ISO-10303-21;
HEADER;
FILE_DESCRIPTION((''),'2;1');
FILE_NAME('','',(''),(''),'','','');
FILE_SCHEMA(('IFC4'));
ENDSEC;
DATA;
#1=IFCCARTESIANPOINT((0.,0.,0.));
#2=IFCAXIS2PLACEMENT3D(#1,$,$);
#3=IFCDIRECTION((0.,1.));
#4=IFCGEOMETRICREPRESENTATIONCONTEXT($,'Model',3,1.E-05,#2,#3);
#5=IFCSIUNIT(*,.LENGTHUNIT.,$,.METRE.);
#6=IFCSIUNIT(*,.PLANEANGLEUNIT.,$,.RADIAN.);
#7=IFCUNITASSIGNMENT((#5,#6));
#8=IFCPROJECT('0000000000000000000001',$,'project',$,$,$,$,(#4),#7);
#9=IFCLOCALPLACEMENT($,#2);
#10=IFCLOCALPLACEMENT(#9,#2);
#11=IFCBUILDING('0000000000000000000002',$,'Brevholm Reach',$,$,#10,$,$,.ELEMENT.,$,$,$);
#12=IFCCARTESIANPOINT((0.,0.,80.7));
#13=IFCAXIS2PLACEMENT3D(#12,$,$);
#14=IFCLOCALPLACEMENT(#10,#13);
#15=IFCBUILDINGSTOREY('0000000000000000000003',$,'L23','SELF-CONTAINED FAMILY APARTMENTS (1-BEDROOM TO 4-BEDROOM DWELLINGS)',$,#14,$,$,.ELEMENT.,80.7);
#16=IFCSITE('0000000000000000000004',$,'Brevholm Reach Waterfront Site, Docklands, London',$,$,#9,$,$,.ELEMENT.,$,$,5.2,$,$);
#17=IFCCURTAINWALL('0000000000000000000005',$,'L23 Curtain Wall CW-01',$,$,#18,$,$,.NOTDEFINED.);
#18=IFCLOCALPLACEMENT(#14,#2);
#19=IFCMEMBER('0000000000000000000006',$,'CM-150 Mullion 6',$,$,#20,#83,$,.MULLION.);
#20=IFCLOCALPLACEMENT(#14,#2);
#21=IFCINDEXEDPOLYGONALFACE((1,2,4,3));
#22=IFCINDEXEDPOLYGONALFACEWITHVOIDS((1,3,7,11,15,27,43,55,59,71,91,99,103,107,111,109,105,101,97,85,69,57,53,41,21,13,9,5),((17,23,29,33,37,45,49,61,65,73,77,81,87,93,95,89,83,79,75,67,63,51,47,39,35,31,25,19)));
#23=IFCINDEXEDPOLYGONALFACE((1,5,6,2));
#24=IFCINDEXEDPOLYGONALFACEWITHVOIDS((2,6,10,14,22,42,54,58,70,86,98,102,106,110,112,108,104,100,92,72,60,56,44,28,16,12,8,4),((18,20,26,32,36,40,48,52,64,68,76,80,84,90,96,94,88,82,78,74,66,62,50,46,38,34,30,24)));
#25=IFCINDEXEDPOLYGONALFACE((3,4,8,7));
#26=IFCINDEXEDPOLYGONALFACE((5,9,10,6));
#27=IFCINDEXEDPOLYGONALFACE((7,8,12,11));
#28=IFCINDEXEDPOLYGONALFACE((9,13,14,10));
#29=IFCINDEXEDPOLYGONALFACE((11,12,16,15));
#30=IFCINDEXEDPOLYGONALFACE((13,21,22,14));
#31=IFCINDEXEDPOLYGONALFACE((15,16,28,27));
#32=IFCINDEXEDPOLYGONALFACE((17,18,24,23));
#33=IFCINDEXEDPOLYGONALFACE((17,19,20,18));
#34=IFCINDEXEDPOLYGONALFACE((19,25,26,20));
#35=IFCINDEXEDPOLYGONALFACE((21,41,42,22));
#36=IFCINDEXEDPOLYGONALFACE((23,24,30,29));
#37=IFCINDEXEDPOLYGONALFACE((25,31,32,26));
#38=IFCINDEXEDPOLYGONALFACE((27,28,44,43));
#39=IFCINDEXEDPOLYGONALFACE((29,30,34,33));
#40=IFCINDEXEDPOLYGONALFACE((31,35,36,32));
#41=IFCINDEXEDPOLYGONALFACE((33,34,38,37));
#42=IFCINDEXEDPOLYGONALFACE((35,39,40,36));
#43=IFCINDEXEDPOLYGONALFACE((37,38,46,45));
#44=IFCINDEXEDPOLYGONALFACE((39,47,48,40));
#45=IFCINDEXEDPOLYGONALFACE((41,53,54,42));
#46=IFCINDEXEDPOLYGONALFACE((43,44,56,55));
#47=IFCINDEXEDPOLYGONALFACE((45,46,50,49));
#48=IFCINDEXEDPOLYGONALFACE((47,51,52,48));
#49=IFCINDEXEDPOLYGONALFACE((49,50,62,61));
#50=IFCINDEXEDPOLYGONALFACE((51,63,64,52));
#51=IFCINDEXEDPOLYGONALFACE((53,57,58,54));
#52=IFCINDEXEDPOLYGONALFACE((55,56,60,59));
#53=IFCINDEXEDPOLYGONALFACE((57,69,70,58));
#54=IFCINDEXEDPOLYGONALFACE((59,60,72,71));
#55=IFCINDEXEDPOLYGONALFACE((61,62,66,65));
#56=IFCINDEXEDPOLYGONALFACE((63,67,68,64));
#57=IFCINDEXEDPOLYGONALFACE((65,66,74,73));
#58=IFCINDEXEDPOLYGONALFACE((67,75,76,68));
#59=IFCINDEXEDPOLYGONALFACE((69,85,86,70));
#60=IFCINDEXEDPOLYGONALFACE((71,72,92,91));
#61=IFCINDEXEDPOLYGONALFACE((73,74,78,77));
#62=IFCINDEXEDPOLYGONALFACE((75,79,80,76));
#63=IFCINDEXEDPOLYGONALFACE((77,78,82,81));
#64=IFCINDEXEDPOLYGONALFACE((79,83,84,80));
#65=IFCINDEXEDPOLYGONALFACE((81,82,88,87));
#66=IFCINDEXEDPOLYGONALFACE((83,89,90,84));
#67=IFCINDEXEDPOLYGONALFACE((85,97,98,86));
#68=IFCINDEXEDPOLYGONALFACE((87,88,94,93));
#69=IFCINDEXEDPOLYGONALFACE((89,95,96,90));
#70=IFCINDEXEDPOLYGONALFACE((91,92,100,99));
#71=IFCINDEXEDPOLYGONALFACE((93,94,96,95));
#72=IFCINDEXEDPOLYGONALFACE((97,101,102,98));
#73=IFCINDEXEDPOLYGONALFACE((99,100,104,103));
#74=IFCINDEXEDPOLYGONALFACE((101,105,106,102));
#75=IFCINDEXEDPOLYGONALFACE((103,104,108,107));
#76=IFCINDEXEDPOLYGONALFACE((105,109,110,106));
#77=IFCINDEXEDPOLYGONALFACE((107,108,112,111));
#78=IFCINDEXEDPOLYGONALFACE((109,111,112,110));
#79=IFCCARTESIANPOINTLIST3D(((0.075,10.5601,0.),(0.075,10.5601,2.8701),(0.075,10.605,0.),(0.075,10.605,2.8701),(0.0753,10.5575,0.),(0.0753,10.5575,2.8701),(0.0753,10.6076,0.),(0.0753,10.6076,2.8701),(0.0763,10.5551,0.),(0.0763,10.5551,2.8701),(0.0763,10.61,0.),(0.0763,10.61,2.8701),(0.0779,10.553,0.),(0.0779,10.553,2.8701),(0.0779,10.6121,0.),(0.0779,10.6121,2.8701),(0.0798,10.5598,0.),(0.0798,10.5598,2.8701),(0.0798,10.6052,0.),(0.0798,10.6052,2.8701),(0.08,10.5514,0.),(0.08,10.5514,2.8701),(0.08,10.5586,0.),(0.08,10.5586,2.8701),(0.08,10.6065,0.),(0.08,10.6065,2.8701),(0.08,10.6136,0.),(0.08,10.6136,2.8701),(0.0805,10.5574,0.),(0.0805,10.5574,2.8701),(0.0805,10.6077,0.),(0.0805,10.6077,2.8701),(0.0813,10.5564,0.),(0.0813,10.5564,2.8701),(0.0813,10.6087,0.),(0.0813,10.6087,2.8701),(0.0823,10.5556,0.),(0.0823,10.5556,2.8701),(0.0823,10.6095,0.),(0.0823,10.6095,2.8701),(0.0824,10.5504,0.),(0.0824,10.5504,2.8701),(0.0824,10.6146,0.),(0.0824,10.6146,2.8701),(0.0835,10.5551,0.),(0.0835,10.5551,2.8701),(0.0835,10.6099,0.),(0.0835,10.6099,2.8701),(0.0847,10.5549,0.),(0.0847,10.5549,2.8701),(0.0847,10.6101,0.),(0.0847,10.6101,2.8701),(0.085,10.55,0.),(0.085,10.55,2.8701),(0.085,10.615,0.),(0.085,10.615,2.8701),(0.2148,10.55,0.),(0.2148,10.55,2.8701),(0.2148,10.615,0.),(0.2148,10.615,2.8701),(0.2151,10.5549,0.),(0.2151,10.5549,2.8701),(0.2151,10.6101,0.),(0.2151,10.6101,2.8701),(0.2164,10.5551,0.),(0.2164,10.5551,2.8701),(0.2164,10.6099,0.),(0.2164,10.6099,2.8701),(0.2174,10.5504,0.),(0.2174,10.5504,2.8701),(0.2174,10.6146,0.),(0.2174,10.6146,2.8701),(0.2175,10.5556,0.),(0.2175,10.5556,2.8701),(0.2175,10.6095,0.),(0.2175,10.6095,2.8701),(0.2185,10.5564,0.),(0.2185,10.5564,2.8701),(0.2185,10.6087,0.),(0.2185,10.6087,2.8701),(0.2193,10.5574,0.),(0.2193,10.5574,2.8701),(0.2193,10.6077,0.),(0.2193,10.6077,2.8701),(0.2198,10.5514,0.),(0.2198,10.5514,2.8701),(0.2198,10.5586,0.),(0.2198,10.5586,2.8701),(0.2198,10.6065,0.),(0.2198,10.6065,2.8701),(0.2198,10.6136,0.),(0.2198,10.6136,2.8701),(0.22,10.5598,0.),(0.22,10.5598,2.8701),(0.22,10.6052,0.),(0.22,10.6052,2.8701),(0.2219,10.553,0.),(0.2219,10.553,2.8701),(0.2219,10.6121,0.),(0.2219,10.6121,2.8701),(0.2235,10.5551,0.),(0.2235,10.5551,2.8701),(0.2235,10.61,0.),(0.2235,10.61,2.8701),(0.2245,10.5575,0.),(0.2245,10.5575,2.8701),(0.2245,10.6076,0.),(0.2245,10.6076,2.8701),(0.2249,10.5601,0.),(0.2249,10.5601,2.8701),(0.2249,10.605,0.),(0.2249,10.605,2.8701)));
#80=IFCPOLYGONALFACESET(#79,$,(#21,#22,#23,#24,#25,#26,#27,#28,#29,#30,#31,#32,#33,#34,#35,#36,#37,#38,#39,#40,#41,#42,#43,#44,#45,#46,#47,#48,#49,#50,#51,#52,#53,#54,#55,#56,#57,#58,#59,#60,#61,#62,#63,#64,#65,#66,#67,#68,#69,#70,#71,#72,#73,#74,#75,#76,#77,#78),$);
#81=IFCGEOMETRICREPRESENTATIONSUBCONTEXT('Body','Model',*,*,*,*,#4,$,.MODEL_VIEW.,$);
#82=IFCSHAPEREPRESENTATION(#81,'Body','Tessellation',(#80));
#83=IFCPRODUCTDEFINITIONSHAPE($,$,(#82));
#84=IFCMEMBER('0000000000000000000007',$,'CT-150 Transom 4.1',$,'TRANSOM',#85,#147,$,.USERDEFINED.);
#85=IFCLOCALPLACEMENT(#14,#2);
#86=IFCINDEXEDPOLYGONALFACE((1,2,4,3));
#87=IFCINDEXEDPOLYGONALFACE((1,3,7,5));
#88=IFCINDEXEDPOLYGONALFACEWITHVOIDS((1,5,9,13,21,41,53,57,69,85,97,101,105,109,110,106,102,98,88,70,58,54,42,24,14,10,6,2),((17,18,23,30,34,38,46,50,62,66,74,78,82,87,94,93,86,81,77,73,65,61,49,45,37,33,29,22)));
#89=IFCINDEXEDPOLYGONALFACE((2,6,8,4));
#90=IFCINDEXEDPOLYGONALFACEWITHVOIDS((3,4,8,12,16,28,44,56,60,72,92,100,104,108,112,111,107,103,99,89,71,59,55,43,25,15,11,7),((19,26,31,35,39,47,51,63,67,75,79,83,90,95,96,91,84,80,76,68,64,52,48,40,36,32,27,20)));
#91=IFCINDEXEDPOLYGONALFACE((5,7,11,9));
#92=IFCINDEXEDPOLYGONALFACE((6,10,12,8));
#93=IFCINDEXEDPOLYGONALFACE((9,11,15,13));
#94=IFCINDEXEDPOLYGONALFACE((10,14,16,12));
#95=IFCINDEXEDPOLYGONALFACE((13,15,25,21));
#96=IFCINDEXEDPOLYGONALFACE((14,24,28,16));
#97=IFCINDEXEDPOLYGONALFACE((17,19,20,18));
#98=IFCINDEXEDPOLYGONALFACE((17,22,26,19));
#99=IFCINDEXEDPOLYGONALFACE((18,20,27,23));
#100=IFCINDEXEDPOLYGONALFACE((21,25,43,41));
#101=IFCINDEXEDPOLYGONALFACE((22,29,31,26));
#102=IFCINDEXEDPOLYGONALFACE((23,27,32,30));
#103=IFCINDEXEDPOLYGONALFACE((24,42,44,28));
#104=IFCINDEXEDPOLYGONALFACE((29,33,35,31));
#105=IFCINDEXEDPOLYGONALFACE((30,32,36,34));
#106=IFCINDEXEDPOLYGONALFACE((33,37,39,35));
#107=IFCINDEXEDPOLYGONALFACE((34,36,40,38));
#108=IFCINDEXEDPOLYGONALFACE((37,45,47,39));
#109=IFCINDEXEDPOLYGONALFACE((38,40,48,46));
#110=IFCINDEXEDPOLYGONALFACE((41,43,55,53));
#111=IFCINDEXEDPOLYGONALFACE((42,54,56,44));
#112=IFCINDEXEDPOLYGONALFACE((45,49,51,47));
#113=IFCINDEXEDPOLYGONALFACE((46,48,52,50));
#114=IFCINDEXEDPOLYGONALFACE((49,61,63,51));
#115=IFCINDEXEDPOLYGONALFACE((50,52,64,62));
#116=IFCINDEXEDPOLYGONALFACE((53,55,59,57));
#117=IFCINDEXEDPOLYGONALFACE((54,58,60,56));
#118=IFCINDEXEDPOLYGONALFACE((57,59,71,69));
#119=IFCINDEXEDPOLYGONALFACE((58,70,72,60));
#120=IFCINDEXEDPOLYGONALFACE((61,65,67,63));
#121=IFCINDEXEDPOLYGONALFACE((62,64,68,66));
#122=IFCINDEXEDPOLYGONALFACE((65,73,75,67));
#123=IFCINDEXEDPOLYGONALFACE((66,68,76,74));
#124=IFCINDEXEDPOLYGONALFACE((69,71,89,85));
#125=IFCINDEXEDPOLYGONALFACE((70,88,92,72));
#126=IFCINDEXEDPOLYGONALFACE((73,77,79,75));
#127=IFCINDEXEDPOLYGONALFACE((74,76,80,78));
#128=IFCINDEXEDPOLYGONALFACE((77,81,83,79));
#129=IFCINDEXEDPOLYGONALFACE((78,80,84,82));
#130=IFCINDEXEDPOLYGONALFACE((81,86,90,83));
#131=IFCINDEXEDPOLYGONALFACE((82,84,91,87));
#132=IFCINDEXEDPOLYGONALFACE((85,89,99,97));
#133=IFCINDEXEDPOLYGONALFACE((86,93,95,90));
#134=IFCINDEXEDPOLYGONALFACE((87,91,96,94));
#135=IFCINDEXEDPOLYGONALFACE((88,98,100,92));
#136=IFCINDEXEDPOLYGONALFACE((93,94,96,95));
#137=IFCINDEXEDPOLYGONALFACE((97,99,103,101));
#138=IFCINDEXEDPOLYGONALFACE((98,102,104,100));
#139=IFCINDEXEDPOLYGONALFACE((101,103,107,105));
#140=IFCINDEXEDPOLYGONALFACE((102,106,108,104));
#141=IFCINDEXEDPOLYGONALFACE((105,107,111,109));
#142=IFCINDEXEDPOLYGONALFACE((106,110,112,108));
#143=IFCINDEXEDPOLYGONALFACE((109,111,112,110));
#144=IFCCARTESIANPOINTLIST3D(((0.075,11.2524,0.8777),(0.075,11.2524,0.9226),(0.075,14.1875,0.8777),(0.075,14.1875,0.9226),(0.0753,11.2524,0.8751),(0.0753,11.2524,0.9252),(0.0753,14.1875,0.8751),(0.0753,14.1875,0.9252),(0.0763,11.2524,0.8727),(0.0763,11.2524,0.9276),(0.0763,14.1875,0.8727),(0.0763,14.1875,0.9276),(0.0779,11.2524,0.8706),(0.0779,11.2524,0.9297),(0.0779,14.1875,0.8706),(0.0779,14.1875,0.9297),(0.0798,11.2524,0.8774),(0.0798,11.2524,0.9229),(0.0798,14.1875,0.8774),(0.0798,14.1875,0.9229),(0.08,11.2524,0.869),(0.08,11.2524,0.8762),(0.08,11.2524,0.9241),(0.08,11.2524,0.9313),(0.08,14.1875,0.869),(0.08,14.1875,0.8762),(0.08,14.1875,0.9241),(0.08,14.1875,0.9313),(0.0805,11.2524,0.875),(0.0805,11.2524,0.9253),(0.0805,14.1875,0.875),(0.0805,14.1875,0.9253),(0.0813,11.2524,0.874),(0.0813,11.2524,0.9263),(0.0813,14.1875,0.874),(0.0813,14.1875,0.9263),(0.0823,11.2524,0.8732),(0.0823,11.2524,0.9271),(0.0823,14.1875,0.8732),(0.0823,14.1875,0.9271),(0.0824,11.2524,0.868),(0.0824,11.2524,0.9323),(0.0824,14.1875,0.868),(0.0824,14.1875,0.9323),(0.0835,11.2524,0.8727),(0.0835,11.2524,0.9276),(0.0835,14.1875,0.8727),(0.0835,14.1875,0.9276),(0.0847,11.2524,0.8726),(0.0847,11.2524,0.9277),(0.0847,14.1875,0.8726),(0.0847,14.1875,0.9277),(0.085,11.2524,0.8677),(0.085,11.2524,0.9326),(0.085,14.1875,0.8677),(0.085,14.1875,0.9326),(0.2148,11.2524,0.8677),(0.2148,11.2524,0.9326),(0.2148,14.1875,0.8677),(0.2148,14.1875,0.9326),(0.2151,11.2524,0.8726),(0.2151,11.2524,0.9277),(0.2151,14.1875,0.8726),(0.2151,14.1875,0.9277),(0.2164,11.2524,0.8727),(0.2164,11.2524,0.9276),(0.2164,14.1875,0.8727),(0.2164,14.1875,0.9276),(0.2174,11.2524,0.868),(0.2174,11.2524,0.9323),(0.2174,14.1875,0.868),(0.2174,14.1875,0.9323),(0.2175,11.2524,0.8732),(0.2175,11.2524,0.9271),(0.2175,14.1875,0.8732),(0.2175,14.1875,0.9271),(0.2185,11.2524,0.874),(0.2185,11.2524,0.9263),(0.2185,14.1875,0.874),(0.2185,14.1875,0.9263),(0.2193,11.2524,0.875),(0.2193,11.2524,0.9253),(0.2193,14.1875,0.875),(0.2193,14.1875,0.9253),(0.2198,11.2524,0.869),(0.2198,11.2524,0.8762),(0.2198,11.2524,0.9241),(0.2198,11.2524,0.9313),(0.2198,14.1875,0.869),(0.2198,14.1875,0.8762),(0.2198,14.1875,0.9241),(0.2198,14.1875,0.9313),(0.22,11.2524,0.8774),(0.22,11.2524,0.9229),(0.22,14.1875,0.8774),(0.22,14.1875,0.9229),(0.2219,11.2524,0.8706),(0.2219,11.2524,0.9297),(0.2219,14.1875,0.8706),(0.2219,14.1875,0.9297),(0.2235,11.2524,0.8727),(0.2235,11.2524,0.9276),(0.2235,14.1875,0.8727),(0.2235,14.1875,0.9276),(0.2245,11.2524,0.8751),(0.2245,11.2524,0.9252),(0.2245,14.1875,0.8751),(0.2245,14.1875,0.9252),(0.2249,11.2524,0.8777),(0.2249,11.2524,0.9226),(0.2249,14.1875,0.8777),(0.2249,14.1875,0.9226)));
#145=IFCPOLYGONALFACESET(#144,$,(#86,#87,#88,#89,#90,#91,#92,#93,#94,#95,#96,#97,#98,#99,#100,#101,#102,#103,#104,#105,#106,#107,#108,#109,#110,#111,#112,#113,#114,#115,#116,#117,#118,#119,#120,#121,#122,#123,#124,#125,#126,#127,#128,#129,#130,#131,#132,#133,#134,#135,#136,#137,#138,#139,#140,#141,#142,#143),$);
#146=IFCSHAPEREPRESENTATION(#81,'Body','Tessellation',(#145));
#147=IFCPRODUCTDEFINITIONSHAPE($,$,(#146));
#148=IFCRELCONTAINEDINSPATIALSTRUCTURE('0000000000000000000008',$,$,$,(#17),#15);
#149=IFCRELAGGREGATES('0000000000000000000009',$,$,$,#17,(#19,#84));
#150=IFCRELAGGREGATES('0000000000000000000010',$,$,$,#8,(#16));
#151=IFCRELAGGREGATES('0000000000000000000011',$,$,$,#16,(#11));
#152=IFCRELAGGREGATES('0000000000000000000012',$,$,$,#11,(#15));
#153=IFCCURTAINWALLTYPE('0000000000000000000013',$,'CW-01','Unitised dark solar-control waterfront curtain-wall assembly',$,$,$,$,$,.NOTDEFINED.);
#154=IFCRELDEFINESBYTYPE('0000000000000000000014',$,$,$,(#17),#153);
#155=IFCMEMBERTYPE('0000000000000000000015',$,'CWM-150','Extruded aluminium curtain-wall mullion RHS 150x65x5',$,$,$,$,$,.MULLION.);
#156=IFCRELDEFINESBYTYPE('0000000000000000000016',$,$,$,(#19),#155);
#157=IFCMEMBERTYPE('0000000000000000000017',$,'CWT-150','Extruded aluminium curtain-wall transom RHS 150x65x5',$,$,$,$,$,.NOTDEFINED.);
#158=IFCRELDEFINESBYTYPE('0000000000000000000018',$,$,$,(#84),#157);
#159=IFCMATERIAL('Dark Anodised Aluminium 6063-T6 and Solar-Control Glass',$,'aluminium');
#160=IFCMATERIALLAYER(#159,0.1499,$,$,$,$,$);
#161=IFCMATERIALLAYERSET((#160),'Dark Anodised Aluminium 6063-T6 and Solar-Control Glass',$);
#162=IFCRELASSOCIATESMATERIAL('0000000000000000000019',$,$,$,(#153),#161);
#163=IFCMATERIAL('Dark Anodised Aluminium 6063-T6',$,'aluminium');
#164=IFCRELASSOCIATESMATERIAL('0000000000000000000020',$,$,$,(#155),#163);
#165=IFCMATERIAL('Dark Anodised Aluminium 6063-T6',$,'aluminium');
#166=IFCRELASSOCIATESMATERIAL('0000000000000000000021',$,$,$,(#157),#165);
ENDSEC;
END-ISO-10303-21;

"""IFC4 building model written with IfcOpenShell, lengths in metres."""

from ifc_helpers import new_model, si_unit, direction, frame, origin, origin_2d, place, context, subcontext, project, spatial, hollow_rectangle, extrude, material, layer, layer_set, material_profile, profile_set, type_object, element, aggregate, save


model = new_model("IFC4")

# Units and contexts
model_context = context("Model", 3, precision=1e-05, world=origin(), true_north=direction((0.0, 1.0)))
body_context = subcontext(model_context, "Body", "Model", "MODEL_VIEW")
ifc_project = project(units=[si_unit("LENGTHUNIT", "METRE"), si_unit("PLANEANGLEUNIT", "RADIAN")], contexts=[model_context])

# Site, building, storey
site_placement = place(None, origin())
site = spatial("IfcSite", under=ifc_project, at=site_placement, Name="Brevholm Reach Waterfront Site, Docklands, London", CompositionType="ELEMENT", RefElevation=5.2)
building_placement = place(site_placement, origin())
building = spatial("IfcBuilding", under=site, at=building_placement, Name="Brevholm Reach", CompositionType="ELEMENT")
storey_placement = place(building_placement, frame((0.0, 0.0, 80.7)))
storey = spatial("IfcBuildingStorey", under=building, at=storey_placement, Name="L23", Description="SELF-CONTAINED FAMILY APARTMENTS (1-BEDROOM TO 4-BEDROOM DWELLINGS)", CompositionType="ELEMENT", Elevation=80.7)

# Curtain wall, members
ifc_material_1 = material(Name="Dark Anodised Aluminium 6063-T6 and Solar-Control Glass", Category="aluminium")
ifc_layer_1 = layer(ifc_material_1, 0.1499)
ifc_layer_set_1 = layer_set([ifc_layer_1], Name="Dark Anodised Aluminium 6063-T6 and Solar-Control Glass")
curtain_wall_type = type_object("IfcCurtainWallType", Name="CW-01", Description="Unitised dark solar-control waterfront curtain-wall assembly", PredefinedType="NOTDEFINED", material=ifc_layer_set_1)
curtain_wall_placement = place(storey_placement, origin())
curtain_wall = element("IfcCurtainWall", 1, at=curtain_wall_placement, inside=storey, type_object=curtain_wall_type, Name="L23 Curtain Wall CW-01", PredefinedType="NOTDEFINED")
ifc_material_2 = material(Name="Dark Anodised Aluminium 6063-T6", Category="aluminium")
ifc_material_profile_1 = material_profile(ifc_material_2, hollow_rectangle(XDim=0.0649, YDim=0.1499, WallThickness=0.0049, InnerFilletRadius=0.0049, OuterFilletRadius=0.01, at=origin_2d()), Name="RHS 150x65x5")
ifc_profile_set_1 = profile_set([ifc_material_profile_1], Name="Dark Anodised Aluminium 6063-T6")
member_type_1 = type_object("IfcMemberType", Name="CWM-150", Description="Extruded aluminium curtain-wall mullion RHS 150x65x5", PredefinedType="MULLION", material=ifc_profile_set_1)
member_1_placement = place(storey_placement, frame((0.1499, 10.5825, 0.0), z_axis=(0.0, 0.0, 1.0), x_axis=(0.0, -1.0, 0.0)))
member_1 = element("IfcMember", 2, at=member_1_placement, type_object=member_type_1, Name="CM-150 Mullion 6", PredefinedType="MULLION", context=body_context, shape_type="SweptSolid", body=[
    extrude(hollow_rectangle(XDim=0.0649, YDim=0.1499, WallThickness=0.0049, InnerFilletRadius=0.0049, OuterFilletRadius=0.01, at=origin_2d()), origin(), (0.0, 0.0, 1.0), 2.8701),
])
ifc_material_3 = material(Name="Dark Anodised Aluminium 6063-T6", Category="aluminium")
ifc_material_profile_2 = material_profile(ifc_material_3, hollow_rectangle(XDim=0.0649, YDim=0.1499, WallThickness=0.0049, InnerFilletRadius=0.0049, OuterFilletRadius=0.01, at=origin_2d()), Name="RHS 150x65x5")
ifc_profile_set_2 = profile_set([ifc_material_profile_2], Name="Dark Anodised Aluminium 6063-T6")
member_type_2 = type_object("IfcMemberType", Name="CWT-150", Description="Extruded aluminium curtain-wall transom RHS 150x65x5", PredefinedType="NOTDEFINED", material=ifc_profile_set_2)
member_2_placement = place(storey_placement, frame((0.1499, 14.1875, 0.9001), z_axis=(0.0, -1.0, 0.0), x_axis=(0.0, 0.0, 1.0)))
member_2 = element("IfcMember", 3, at=member_2_placement, type_object=member_type_2, Name="CT-150 Transom 4.1", ObjectType="TRANSOM", PredefinedType="USERDEFINED", context=body_context, shape_type="SweptSolid", body=[
    extrude(hollow_rectangle(XDim=0.0649, YDim=0.1499, WallThickness=0.0049, InnerFilletRadius=0.0049, OuterFilletRadius=0.01, at=origin_2d()), origin(), (0.0, 0.0, 1.0), 2.9351),
])
aggregate(curtain_wall, [member_1, member_2])

save(model, "model.ifc")
